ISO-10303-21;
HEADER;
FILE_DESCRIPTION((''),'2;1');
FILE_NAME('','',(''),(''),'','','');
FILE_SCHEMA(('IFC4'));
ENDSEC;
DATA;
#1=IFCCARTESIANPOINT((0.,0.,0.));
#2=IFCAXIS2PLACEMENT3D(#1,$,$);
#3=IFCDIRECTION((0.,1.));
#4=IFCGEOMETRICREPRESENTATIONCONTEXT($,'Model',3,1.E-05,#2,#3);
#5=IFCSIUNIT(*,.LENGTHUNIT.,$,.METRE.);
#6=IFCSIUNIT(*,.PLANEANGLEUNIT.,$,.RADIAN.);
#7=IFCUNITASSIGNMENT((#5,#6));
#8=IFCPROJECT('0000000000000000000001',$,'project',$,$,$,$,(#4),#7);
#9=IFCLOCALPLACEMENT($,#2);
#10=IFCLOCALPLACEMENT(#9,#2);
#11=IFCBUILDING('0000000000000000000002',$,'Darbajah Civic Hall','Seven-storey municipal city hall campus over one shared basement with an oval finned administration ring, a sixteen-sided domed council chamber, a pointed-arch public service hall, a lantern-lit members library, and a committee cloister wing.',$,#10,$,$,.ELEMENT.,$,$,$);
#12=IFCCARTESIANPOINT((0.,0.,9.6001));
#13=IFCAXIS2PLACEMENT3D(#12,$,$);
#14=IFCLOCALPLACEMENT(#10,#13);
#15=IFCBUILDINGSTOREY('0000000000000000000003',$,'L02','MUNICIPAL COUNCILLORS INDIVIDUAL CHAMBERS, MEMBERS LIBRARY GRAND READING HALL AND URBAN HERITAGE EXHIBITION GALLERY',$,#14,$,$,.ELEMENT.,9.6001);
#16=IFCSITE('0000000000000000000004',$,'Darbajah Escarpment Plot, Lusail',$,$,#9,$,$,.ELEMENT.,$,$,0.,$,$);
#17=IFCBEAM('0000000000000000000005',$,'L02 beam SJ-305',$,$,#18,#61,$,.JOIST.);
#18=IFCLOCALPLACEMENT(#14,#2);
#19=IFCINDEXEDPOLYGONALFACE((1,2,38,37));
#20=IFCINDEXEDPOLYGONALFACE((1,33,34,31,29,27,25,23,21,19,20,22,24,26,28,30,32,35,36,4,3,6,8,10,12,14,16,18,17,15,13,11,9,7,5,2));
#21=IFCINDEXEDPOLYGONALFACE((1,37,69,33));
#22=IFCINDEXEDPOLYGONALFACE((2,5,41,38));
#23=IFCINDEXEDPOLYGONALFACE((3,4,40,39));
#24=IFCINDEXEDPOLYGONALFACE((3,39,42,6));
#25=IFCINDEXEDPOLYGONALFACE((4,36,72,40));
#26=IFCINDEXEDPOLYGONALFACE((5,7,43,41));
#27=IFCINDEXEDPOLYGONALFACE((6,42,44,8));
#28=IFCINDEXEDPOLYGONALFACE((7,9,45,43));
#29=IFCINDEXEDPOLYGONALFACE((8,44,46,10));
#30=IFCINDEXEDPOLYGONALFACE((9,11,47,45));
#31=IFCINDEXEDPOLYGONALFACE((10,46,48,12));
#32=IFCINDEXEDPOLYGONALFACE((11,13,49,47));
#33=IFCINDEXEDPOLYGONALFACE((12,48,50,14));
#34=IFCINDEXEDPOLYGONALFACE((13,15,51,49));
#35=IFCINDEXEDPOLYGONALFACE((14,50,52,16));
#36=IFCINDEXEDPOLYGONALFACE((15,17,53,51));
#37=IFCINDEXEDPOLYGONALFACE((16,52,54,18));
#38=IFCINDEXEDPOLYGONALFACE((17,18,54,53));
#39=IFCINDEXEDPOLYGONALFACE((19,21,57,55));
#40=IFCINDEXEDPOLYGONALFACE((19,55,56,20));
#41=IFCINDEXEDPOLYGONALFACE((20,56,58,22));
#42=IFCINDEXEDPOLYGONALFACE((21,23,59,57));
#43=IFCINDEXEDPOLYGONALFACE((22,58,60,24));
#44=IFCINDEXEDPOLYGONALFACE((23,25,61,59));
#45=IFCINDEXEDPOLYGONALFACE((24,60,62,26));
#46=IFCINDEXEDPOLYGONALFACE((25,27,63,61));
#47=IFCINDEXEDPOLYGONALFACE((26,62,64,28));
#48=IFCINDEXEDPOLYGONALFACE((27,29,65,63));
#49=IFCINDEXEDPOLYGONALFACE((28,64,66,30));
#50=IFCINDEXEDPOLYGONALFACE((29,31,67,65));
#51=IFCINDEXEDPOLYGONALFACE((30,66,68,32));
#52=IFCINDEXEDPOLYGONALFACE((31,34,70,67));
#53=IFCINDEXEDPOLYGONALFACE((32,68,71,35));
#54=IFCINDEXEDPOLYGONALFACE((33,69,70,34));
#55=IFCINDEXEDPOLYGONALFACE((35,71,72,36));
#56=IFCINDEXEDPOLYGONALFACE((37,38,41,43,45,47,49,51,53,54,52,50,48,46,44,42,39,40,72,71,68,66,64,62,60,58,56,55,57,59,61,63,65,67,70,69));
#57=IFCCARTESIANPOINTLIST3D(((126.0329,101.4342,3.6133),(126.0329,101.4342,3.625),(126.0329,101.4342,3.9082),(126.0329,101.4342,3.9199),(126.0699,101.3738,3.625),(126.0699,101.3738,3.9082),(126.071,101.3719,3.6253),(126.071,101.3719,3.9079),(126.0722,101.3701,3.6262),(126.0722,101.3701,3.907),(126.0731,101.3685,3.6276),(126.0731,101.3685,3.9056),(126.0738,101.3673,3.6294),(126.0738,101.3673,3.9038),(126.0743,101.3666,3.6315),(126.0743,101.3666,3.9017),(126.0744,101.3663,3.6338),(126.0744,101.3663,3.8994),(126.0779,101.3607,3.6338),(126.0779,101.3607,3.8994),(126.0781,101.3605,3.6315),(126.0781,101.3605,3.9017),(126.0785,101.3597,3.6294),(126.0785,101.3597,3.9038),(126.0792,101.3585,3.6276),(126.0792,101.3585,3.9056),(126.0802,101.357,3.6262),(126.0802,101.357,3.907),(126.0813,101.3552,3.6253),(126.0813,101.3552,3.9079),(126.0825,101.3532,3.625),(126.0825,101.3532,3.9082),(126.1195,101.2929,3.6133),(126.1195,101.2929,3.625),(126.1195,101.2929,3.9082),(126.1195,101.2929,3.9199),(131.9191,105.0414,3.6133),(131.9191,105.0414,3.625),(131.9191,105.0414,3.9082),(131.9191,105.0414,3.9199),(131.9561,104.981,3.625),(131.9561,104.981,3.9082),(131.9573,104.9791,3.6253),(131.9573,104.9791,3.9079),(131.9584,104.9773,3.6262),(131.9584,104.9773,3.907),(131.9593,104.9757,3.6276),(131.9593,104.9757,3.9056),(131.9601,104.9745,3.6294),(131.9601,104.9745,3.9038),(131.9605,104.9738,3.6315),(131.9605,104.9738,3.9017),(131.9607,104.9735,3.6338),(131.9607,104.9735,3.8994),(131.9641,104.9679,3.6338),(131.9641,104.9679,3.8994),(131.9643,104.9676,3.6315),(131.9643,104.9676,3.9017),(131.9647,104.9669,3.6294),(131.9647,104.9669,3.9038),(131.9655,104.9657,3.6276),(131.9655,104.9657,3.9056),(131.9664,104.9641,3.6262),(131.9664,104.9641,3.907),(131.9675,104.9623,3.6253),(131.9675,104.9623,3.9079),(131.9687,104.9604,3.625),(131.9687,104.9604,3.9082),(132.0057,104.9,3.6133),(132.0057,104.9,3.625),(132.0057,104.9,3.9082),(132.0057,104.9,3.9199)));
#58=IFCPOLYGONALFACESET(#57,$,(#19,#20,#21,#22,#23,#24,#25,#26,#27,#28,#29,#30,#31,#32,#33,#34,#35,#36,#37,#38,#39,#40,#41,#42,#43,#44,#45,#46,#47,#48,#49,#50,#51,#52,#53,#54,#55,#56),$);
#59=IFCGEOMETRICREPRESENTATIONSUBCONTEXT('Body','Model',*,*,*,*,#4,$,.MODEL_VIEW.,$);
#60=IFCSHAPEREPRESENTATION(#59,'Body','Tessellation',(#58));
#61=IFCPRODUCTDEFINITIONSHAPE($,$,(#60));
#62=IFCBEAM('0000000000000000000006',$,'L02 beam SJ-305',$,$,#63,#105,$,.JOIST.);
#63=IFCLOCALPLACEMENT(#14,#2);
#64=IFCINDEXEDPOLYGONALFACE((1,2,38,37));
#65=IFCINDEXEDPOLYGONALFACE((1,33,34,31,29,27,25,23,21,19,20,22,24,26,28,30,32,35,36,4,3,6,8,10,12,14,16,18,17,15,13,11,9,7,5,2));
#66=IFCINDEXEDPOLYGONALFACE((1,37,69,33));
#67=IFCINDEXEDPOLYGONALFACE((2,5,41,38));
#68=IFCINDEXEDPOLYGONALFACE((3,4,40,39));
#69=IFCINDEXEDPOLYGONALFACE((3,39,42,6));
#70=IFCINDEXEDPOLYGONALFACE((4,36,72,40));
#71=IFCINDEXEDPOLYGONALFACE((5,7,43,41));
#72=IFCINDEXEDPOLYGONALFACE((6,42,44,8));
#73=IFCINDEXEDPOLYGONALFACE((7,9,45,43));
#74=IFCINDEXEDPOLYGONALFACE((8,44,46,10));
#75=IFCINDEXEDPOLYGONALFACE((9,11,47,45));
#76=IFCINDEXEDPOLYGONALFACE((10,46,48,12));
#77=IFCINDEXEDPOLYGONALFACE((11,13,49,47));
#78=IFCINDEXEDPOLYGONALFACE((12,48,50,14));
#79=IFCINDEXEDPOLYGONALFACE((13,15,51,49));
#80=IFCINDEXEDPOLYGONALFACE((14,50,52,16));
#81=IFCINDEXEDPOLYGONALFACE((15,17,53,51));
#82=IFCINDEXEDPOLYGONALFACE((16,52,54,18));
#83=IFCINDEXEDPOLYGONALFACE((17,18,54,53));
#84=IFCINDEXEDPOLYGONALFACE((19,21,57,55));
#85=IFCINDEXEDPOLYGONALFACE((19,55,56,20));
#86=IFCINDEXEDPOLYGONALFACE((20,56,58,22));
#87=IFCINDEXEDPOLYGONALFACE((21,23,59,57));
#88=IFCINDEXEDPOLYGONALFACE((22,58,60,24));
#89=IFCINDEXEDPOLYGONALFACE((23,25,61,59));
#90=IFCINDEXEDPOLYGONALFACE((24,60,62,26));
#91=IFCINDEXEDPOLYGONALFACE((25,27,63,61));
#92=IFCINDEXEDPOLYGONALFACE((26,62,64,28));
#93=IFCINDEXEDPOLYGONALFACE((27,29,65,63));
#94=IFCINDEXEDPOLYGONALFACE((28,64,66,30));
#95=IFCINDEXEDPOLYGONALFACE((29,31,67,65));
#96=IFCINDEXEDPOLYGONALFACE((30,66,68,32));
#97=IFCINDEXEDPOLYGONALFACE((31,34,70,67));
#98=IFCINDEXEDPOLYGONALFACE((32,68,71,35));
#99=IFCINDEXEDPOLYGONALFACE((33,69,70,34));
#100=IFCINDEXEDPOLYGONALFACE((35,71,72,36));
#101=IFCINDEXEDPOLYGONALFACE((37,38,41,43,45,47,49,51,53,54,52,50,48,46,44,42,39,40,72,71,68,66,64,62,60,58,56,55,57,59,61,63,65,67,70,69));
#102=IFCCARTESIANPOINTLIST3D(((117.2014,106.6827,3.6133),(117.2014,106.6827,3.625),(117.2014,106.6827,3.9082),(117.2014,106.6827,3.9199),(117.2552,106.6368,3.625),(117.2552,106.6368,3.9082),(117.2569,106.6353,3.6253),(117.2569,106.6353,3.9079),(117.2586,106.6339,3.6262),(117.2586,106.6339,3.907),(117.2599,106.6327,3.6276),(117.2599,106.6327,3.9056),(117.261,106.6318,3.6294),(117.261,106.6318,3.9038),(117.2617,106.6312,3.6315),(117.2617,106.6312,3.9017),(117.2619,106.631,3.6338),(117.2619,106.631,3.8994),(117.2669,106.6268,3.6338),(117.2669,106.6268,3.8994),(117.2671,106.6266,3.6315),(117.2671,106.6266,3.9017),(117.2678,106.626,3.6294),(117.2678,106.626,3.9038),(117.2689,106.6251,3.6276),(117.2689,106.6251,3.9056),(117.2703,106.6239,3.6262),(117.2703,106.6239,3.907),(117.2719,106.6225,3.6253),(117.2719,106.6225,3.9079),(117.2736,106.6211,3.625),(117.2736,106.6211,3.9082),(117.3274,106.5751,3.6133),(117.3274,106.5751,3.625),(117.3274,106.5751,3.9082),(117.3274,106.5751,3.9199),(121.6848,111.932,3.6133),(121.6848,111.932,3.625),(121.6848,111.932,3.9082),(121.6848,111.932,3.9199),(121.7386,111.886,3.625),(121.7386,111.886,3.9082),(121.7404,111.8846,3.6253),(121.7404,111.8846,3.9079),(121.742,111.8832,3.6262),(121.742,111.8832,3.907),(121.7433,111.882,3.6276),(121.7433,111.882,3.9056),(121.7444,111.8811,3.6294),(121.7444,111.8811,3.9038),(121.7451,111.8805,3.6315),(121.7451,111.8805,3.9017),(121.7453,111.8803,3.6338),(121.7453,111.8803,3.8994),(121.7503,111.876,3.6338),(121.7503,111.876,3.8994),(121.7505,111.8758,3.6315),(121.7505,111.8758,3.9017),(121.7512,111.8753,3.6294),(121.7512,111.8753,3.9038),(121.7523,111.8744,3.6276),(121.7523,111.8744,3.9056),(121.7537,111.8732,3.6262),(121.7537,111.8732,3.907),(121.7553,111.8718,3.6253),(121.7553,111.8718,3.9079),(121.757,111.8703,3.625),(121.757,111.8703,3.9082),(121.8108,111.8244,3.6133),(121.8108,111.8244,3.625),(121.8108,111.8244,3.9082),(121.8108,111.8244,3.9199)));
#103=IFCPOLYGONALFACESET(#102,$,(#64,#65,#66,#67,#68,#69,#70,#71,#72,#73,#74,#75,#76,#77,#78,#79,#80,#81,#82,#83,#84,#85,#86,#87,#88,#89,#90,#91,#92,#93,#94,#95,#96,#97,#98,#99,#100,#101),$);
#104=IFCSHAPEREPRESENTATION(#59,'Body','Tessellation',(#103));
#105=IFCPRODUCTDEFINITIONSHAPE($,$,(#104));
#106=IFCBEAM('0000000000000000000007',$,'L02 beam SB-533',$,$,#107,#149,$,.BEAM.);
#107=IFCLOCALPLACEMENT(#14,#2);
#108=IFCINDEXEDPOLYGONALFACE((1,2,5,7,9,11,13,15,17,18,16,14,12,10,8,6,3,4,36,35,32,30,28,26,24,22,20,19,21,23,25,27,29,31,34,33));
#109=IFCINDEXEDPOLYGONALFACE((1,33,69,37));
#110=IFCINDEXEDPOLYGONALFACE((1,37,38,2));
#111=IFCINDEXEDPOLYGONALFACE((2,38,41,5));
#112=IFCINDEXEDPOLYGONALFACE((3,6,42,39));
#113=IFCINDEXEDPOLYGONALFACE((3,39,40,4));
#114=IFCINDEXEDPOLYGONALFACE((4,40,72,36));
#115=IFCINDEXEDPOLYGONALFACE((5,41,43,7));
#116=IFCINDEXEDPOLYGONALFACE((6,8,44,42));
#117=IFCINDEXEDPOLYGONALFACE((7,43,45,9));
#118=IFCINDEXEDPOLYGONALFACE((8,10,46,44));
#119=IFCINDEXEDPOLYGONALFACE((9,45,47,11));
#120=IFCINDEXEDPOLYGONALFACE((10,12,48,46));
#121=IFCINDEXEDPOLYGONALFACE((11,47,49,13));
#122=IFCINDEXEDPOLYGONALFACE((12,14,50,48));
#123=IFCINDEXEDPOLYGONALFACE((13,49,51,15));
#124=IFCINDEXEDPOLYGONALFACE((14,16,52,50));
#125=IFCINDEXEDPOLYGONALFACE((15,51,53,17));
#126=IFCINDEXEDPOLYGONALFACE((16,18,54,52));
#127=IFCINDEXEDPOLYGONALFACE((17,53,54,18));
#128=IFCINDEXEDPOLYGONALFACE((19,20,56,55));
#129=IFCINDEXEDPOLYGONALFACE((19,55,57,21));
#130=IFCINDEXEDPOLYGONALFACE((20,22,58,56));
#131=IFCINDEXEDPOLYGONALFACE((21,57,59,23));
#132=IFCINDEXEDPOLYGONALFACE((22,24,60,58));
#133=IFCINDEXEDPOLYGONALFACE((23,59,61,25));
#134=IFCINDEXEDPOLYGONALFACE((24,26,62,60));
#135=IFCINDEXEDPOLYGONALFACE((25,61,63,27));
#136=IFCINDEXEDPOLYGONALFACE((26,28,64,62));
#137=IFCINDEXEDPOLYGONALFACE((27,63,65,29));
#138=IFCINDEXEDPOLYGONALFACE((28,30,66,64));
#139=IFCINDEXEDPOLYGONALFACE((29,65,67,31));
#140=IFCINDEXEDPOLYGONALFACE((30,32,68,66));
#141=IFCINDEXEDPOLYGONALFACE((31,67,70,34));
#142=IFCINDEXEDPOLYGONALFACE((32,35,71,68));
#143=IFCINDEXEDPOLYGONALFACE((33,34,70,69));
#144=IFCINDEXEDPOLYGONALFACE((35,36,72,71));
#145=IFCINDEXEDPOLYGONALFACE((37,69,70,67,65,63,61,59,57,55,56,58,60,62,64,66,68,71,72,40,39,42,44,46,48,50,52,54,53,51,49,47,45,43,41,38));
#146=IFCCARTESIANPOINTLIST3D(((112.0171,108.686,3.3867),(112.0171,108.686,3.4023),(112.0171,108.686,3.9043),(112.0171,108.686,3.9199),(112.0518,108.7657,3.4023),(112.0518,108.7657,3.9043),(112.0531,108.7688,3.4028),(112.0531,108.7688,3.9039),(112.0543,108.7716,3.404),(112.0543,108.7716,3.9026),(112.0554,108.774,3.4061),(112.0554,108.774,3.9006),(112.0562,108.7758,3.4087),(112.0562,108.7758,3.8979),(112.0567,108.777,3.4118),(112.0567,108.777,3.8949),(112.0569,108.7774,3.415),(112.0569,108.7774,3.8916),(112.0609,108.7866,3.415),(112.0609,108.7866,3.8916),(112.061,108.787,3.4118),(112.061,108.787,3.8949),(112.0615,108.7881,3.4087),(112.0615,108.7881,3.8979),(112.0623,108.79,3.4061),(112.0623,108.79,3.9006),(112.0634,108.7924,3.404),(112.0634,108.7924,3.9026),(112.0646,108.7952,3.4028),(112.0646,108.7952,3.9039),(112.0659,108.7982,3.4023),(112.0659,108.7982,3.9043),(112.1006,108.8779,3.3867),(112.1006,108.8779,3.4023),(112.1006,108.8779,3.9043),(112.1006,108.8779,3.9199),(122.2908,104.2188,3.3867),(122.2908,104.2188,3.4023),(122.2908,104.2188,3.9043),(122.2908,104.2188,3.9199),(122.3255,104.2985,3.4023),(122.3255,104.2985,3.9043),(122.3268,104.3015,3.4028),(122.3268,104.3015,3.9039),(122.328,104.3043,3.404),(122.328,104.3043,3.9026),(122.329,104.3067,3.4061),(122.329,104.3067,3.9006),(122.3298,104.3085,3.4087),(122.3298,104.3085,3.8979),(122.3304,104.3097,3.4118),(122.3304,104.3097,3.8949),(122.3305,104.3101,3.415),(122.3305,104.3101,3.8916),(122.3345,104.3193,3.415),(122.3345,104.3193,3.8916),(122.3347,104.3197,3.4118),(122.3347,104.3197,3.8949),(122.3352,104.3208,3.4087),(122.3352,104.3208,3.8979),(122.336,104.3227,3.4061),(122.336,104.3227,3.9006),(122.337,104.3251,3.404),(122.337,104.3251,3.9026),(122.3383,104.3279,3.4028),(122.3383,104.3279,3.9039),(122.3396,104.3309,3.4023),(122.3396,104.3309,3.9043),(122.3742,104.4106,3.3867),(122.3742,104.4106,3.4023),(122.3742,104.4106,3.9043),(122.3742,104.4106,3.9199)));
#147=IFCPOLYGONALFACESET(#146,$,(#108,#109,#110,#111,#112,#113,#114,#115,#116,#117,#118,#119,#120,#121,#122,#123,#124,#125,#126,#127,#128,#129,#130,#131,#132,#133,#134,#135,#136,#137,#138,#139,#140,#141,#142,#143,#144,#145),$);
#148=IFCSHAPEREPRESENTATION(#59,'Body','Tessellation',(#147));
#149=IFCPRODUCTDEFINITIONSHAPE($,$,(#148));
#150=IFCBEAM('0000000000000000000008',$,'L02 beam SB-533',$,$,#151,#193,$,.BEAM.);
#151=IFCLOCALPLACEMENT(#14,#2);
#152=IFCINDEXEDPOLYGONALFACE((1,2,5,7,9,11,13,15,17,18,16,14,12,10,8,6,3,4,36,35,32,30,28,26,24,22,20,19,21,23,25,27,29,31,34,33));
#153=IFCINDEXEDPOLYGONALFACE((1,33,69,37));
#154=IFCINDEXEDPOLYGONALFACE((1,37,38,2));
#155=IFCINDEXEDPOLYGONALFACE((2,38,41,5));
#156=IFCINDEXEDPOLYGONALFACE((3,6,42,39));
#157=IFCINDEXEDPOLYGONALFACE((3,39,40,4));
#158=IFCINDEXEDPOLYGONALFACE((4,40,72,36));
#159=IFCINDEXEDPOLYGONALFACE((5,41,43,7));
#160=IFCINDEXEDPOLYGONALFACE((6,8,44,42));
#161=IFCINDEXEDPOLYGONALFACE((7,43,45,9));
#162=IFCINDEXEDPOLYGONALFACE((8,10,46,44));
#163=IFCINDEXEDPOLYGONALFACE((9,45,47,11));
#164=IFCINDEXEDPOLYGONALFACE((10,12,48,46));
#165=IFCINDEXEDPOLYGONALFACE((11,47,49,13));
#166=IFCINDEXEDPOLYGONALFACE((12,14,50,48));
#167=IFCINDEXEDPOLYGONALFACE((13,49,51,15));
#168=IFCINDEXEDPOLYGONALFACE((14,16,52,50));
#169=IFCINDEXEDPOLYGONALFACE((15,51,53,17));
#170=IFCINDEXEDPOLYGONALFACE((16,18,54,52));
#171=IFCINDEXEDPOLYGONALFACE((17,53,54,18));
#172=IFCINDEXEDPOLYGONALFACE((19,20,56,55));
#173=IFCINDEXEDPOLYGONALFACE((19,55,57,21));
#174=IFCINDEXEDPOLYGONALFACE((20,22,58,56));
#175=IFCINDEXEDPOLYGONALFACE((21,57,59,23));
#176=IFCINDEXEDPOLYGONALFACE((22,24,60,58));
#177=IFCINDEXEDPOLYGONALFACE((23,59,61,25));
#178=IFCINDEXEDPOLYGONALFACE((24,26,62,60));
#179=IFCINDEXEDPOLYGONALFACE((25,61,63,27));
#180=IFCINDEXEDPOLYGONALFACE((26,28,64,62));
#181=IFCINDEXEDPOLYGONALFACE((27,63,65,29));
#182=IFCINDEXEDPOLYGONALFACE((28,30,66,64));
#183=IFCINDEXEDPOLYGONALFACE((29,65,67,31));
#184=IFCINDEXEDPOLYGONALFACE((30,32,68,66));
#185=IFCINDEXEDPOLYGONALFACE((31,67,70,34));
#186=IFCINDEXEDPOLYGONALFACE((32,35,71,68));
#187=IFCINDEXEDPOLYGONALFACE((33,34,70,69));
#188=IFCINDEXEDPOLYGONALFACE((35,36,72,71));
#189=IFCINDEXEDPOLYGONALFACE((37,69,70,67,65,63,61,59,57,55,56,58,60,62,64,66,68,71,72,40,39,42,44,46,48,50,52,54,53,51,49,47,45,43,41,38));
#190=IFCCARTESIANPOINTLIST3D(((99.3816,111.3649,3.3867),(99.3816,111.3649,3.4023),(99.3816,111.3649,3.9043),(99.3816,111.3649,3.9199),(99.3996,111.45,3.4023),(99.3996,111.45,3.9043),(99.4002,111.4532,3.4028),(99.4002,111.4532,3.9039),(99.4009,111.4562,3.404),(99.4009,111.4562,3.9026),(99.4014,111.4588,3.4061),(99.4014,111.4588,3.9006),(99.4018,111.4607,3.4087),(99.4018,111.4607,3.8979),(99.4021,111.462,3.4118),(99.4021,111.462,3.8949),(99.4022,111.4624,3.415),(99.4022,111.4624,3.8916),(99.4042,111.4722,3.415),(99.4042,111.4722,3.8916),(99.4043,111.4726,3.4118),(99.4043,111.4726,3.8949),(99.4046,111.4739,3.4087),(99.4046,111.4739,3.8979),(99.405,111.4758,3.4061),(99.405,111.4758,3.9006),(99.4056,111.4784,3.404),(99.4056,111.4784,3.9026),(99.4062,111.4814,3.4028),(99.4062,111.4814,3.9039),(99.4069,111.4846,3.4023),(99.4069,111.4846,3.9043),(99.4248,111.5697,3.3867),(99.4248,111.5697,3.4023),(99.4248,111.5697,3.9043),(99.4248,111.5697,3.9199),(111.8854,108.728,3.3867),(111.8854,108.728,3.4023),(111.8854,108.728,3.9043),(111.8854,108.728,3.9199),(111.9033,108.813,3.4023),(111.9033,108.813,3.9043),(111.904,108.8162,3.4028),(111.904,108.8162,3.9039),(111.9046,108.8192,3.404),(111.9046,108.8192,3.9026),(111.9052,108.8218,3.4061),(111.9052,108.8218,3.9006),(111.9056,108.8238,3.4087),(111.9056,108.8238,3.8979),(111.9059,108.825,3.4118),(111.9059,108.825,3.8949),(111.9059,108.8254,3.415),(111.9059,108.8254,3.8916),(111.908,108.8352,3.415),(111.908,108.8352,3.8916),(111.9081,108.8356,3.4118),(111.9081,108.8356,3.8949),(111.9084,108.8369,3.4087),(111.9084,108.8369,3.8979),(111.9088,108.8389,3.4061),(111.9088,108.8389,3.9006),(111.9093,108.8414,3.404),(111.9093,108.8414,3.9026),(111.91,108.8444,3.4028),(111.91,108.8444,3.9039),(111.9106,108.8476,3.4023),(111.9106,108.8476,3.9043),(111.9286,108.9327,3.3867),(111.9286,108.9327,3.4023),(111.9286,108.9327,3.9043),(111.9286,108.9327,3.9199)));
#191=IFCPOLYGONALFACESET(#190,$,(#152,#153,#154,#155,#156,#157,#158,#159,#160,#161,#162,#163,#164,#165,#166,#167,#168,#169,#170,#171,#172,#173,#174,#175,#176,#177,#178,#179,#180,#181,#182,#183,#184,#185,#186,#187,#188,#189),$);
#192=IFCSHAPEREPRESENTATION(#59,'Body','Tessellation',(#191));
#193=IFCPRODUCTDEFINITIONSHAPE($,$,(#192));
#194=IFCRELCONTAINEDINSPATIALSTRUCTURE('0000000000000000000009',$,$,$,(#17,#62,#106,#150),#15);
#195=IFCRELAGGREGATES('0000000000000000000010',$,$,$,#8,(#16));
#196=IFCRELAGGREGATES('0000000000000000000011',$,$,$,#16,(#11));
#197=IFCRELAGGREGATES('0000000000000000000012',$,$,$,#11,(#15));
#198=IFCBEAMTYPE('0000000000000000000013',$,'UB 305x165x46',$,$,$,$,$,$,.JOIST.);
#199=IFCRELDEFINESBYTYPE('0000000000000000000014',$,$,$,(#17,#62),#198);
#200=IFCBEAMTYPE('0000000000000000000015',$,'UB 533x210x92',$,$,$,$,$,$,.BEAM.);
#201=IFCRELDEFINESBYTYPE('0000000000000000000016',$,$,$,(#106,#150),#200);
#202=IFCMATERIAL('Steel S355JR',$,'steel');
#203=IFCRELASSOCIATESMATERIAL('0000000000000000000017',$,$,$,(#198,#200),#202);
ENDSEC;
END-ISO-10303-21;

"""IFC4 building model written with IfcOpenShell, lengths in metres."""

from ifc_helpers import new_model, si_unit, direction, frame, origin, origin_2d, place, context, subcontext, project, spatial, i_section, extrude, material, material_profile, profile_set, type_object, element, save


model = new_model("IFC4")

# Units and contexts
model_context = context("Model", 3, precision=1e-05, world=origin(), true_north=direction((0.0, 1.0)))
body_context = subcontext(model_context, "Body", "Model", "MODEL_VIEW")
ifc_project = project(units=[si_unit("LENGTHUNIT", "METRE"), si_unit("PLANEANGLEUNIT", "RADIAN")], contexts=[model_context])

# Site, building, storey
site_placement = place(None, origin())
site = spatial("IfcSite", under=ifc_project, at=site_placement, Name="Darbajah Escarpment Plot, Lusail", CompositionType="ELEMENT", RefElevation=0.0)
building_placement = place(site_placement, origin())
building = spatial("IfcBuilding", under=site, at=building_placement, Name="Darbajah Civic Hall", Description="Seven-storey municipal city hall campus over one shared basement with an oval finned administration ring, a sixteen-sided domed council chamber, a pointed-arch public service hall, a lantern-lit members library, and a committee cloister wing.", CompositionType="ELEMENT")
storey_placement = place(building_placement, frame((0.0, 0.0, 9.6001)))
storey = spatial("IfcBuildingStorey", under=building, at=storey_placement, Name="L02", Description="MUNICIPAL COUNCILLORS INDIVIDUAL CHAMBERS, MEMBERS LIBRARY GRAND READING HALL AND URBAN HERITAGE EXHIBITION GALLERY", CompositionType="ELEMENT", Elevation=9.6001)

# Beams
ifc_material_1 = material(Name="Steel S355JR", Category="steel")
ifc_material_profile_1 = material_profile(ifc_material_1, i_section(OverallWidth=0.1658, OverallDepth=0.3066, WebThickness=0.0066, FlangeThickness=0.0117, FilletRadius=0.0088, at=origin_2d()), Name="UB 305x165x46")
ifc_profile_set_1 = profile_set([ifc_material_profile_1], Name="Steel S355JR")
beam_type_1 = type_object("IfcBeamType", Name="UB 305x165x46", PredefinedType="JOIST", material=ifc_profile_set_1)
beam_1_placement = place(storey_placement, frame((126.0762, 101.3635, 3.7666), z_axis=(0.852634, 0.522508, 0.0), x_axis=(-0.522508, 0.852634, 0.0)))
element("IfcBeam", 1, at=beam_1_placement, inside=storey, type_object=beam_type_1, Name="L02 beam SJ-305", PredefinedType="JOIST", context=body_context, shape_type="SweptSolid", body=[
    extrude(i_section(OverallWidth=0.1658, OverallDepth=0.3066, WebThickness=0.0066, FlangeThickness=0.0117, FilletRadius=0.0088, at=origin_2d()), origin(), (0.0, 0.0, 1.0), 6.9036),
])
beam_2_placement = place(storey_placement, frame((117.2644, 106.6289, 3.7666), z_axis=(0.649456, 0.760399, 0.0), x_axis=(-0.760399, 0.649456, 0.0)))
element("IfcBeam", 2, at=beam_2_placement, inside=storey, type_object=beam_type_1, Name="L02 beam SJ-305", PredefinedType="JOIST", context=body_context, shape_type="SweptSolid", body=[
    extrude(i_section(OverallWidth=0.1658, OverallDepth=0.3066, WebThickness=0.0066, FlangeThickness=0.0117, FilletRadius=0.0088, at=origin_2d()), origin(), (0.0, 0.0, 1.0), 6.9033),
])
ifc_material_profile_2 = material_profile(ifc_material_1, i_section(OverallWidth=0.2092, OverallDepth=0.5332, WebThickness=0.01, FlangeThickness=0.0156, FilletRadius=0.0127, at=origin_2d()), Name="UB 533x210x92")
ifc_profile_set_2 = profile_set([ifc_material_profile_2], Name="Steel S355JR")
beam_type_2 = type_object("IfcBeamType", Name="UB 533x210x92", PredefinedType="BEAM", material=ifc_profile_set_2)
beam_3_placement = place(storey_placement, frame((122.3325, 104.3147, 3.6533), z_axis=(-0.917055, 0.398761, 0.0), x_axis=(-0.398761, -0.917055, 0.0)))
element("IfcBeam", 3, at=beam_3_placement, inside=storey, type_object=beam_type_2, Name="L02 beam SB-533", PredefinedType="BEAM", context=body_context, shape_type="SweptSolid", body=[
    extrude(i_section(OverallWidth=0.2092, OverallDepth=0.5332, WebThickness=0.01, FlangeThickness=0.0156, FilletRadius=0.0127, at=origin_2d()), origin(), (0.0, 0.0, 1.0), 11.2029),
])
beam_4_placement = place(storey_placement, frame((111.907, 108.8303, 3.6533), z_axis=(-0.978477, 0.206356, 0.0), x_axis=(-0.206356, -0.978477, 0.0)))
element("IfcBeam", 4, at=beam_4_placement, inside=storey, type_object=beam_type_2, Name="L02 beam SB-533", PredefinedType="BEAM", context=body_context, shape_type="SweptSolid", body=[
    extrude(i_section(OverallWidth=0.2092, OverallDepth=0.5332, WebThickness=0.01, FlangeThickness=0.0156, FilletRadius=0.0127, at=origin_2d()), origin(), (0.0, 0.0, 1.0), 12.7788),
])

save(model, "model.ifc")
